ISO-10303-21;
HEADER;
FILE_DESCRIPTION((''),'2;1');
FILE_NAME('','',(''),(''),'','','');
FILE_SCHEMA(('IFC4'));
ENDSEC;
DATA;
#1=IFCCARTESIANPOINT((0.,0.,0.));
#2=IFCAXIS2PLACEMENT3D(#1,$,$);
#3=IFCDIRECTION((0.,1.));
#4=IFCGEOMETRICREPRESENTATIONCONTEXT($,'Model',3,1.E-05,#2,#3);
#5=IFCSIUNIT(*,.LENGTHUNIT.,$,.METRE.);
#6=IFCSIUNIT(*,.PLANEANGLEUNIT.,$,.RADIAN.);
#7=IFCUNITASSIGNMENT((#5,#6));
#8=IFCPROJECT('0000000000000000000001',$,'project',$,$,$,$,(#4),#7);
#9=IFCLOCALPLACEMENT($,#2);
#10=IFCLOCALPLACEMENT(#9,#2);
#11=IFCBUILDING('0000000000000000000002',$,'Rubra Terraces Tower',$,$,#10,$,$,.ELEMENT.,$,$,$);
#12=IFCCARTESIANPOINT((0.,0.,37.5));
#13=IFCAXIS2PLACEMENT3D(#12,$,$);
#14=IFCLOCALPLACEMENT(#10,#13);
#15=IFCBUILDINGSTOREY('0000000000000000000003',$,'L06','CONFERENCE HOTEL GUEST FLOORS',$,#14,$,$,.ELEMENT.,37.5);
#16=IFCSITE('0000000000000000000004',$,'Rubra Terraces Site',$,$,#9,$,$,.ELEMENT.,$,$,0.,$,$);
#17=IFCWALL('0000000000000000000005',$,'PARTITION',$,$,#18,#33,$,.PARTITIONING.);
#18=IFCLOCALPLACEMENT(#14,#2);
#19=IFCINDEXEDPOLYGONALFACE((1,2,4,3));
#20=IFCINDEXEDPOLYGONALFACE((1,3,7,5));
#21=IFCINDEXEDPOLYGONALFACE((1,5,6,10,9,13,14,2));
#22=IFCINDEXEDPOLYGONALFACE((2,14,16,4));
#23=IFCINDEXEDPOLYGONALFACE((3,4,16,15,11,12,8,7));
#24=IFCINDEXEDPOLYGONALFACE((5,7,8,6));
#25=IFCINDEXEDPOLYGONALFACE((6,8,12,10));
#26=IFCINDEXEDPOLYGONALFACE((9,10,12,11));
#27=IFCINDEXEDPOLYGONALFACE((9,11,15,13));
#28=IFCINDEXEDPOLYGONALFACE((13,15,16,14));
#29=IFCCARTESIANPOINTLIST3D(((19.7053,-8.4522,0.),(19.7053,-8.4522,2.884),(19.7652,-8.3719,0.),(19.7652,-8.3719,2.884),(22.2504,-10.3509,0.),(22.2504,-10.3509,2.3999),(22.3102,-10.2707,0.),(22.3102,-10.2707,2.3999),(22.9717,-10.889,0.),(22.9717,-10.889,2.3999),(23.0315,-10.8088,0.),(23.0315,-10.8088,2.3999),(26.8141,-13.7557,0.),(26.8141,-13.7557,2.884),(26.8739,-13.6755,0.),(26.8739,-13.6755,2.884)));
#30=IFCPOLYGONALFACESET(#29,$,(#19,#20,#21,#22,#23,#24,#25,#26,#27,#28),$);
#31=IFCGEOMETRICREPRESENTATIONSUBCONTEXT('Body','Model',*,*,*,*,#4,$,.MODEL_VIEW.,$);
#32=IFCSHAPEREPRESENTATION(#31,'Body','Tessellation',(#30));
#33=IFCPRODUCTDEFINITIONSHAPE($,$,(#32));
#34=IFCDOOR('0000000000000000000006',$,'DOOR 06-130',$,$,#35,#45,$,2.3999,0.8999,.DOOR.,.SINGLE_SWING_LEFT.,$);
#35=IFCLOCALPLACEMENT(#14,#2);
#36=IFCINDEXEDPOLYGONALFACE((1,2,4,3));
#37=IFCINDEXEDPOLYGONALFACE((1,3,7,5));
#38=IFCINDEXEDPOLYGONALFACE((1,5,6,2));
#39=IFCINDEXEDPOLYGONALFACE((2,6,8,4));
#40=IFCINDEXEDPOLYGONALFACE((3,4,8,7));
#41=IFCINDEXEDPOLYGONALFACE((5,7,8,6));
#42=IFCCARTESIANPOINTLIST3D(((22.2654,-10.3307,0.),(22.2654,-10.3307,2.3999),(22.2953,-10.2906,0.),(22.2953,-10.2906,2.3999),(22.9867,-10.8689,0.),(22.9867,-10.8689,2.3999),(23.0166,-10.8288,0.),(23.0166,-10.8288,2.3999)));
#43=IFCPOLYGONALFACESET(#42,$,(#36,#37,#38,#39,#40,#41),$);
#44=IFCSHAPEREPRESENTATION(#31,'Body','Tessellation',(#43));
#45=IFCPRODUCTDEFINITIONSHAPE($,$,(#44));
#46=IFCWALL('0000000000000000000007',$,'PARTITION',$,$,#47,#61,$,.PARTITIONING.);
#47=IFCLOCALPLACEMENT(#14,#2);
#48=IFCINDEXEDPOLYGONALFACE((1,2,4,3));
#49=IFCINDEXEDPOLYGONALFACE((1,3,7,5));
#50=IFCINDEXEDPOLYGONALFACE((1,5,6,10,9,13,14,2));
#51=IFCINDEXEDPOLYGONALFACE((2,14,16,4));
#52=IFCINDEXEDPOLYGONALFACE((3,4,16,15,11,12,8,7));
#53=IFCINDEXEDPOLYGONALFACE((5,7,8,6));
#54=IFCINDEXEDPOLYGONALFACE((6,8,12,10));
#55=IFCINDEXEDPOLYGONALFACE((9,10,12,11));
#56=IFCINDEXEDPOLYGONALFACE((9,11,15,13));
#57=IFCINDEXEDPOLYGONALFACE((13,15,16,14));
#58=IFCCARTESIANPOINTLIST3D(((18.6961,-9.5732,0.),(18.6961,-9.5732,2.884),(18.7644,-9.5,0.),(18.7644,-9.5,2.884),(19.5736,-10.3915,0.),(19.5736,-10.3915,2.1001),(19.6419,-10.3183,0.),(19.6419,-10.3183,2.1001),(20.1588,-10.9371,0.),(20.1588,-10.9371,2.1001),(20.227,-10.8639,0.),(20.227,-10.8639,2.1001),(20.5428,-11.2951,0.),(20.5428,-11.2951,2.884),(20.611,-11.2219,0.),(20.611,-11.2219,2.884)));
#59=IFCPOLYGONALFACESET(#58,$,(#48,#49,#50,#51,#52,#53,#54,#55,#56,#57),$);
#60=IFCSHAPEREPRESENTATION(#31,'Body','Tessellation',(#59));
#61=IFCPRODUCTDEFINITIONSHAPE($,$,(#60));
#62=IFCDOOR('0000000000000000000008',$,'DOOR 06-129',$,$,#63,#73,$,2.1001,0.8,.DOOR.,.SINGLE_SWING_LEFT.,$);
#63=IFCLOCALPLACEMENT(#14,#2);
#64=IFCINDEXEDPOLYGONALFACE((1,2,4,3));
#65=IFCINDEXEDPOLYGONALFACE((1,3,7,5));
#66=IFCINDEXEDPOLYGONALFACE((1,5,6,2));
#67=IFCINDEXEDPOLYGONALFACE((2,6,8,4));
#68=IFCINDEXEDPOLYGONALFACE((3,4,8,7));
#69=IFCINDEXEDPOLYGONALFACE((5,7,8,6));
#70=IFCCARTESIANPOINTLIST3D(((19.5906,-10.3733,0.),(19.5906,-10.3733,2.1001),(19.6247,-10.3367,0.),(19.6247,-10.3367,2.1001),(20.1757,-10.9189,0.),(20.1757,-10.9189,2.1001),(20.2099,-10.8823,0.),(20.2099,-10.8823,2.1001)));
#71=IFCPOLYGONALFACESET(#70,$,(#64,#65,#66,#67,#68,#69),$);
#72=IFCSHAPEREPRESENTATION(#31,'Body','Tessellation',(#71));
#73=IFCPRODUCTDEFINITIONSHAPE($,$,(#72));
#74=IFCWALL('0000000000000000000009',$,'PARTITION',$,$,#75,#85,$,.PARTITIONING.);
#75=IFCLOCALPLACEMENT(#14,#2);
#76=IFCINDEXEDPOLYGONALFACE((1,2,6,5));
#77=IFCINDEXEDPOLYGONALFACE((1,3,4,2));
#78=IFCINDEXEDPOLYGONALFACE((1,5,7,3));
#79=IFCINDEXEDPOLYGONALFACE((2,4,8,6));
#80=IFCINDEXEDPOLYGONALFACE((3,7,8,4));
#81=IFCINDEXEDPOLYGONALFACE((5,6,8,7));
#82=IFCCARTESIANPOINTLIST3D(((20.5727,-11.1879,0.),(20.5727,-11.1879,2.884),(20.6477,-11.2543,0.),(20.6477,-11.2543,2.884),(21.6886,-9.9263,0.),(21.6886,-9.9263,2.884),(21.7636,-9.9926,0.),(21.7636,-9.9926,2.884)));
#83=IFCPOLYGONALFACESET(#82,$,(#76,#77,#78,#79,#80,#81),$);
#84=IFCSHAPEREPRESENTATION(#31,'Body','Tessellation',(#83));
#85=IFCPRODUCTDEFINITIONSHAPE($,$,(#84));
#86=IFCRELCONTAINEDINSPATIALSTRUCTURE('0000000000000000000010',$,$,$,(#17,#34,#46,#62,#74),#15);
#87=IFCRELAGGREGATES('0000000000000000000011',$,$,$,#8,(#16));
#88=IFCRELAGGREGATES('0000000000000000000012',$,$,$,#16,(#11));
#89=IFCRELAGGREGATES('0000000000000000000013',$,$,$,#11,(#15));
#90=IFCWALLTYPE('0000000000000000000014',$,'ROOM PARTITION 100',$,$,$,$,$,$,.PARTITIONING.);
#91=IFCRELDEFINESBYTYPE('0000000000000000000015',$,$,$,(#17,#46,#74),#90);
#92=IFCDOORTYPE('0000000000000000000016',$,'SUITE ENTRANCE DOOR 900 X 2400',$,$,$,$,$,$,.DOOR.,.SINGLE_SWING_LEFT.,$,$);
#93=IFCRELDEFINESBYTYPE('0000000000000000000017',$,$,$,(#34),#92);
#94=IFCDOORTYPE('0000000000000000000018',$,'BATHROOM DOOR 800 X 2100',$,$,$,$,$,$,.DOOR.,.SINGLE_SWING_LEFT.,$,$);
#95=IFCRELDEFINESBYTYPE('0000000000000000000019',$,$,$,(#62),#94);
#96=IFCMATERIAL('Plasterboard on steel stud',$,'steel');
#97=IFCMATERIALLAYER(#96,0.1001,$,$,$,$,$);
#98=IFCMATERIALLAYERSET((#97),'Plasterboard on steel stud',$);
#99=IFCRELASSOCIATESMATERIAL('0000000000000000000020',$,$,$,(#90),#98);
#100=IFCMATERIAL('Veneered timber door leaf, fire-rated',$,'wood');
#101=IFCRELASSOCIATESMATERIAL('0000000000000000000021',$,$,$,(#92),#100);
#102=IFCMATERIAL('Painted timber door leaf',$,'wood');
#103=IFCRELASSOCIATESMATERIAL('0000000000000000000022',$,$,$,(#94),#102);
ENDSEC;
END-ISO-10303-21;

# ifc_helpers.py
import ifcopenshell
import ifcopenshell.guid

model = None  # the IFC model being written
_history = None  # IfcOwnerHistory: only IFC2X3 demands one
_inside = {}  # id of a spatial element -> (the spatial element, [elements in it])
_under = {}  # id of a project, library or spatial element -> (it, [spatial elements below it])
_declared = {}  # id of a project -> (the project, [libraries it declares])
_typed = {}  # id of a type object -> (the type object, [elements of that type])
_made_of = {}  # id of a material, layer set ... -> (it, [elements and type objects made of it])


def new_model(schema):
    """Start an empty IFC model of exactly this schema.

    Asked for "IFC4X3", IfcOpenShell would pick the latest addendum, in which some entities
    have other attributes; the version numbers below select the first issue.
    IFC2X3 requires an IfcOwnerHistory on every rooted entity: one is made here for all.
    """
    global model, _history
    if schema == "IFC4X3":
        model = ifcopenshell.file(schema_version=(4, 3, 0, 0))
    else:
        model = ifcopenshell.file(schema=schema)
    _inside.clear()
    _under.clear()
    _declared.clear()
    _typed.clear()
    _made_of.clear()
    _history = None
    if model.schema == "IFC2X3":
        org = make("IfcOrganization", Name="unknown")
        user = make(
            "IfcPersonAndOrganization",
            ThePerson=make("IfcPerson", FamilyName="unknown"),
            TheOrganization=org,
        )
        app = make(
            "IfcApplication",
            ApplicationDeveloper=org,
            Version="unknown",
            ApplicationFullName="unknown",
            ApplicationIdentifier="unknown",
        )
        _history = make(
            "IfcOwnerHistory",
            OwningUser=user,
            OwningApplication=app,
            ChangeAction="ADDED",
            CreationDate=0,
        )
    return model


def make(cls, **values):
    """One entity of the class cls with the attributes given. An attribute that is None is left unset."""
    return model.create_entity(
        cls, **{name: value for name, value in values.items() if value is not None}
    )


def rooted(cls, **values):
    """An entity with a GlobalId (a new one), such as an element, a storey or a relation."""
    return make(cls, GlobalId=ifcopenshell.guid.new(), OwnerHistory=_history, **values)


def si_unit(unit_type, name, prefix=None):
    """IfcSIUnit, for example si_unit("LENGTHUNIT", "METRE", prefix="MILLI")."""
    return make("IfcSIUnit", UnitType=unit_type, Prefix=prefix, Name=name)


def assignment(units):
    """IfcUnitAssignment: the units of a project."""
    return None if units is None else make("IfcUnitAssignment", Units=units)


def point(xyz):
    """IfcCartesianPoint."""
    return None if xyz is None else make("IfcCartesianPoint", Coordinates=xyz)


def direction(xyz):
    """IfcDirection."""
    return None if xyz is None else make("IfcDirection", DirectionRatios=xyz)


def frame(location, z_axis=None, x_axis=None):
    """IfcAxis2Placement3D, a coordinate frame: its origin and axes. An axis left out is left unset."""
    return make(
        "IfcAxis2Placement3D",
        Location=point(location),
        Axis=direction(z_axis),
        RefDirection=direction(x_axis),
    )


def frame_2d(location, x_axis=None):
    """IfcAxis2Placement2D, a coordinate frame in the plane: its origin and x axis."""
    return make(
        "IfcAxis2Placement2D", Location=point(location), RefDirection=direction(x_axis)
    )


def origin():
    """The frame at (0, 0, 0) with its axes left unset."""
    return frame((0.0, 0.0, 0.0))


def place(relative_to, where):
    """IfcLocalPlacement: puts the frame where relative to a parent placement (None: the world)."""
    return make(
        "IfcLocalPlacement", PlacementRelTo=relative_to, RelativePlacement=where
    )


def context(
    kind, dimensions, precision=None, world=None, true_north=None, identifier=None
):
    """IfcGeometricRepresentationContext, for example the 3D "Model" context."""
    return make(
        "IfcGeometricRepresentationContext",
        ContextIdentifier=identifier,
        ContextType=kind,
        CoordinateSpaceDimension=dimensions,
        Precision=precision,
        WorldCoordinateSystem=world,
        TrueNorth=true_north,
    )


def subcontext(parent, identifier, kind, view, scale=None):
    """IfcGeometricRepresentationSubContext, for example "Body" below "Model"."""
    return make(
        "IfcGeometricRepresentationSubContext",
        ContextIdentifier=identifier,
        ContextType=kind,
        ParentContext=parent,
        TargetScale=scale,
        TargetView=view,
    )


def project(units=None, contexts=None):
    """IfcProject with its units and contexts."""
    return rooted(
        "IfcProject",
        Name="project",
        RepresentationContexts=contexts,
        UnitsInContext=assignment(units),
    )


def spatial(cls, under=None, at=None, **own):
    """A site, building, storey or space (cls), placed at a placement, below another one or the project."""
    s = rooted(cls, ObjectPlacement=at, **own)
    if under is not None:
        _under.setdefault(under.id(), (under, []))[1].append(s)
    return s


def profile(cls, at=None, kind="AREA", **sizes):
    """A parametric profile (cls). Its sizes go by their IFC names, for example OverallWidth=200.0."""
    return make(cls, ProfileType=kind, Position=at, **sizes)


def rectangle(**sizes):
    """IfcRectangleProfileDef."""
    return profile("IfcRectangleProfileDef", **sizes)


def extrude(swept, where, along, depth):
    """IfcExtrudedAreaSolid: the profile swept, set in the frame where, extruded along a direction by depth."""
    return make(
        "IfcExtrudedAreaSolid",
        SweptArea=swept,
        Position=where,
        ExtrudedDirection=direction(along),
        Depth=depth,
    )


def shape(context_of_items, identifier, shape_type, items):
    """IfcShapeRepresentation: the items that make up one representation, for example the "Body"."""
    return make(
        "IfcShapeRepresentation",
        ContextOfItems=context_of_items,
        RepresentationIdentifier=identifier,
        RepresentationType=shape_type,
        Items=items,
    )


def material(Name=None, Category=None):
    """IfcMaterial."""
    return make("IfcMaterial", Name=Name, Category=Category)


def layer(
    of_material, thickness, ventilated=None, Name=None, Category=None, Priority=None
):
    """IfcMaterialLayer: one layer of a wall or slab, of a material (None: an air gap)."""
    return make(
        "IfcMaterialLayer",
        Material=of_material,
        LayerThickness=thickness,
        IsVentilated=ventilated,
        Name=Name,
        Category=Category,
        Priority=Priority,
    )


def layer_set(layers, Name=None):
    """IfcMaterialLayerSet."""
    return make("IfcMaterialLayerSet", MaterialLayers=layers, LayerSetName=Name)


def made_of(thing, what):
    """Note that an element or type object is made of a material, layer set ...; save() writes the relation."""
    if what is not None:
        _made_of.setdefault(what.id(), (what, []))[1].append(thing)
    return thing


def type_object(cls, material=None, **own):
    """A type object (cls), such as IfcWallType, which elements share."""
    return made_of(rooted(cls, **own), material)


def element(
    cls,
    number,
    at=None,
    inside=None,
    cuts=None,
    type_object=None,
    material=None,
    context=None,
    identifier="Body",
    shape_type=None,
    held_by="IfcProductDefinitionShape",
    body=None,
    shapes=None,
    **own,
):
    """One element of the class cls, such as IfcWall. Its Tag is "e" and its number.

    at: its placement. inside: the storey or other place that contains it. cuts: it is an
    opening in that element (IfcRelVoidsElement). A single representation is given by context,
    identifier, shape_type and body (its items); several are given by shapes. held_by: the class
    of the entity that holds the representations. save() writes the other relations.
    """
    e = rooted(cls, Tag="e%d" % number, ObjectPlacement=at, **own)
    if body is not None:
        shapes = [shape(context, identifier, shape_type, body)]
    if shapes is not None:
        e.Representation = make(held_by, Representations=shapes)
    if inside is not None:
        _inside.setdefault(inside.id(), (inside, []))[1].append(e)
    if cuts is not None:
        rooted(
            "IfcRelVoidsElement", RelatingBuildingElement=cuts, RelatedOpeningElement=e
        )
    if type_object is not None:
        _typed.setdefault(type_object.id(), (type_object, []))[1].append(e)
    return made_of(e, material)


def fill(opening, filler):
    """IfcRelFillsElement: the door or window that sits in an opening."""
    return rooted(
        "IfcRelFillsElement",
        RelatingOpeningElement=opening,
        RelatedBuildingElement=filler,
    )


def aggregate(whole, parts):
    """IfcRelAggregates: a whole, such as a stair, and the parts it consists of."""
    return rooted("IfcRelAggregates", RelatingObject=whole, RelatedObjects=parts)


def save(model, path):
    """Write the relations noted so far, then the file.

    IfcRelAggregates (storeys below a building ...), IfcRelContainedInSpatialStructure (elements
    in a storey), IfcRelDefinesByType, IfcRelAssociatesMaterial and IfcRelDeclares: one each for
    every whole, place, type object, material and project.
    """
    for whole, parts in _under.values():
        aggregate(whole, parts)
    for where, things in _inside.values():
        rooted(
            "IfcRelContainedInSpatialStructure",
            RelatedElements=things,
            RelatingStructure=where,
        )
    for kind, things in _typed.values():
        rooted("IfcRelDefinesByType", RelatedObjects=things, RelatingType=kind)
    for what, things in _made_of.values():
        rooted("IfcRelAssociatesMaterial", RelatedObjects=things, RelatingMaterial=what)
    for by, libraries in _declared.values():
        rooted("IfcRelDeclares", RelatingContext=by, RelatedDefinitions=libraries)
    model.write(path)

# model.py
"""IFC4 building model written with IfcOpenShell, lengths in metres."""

from ifc_helpers import new_model, si_unit, direction, frame, frame_2d, origin, place, context, subcontext, project, spatial, rectangle, extrude, material, layer, layer_set, type_object, element, fill, save


model = new_model("IFC4")

# Units and contexts
model_context = context("Model", 3, precision=1e-05, world=origin(), true_north=direction((0.0, 1.0)))
body_context = subcontext(model_context, "Body", "Model", "MODEL_VIEW")
ifc_project = project(units=[si_unit("LENGTHUNIT", "METRE"), si_unit("PLANEANGLEUNIT", "RADIAN")], contexts=[model_context])

# Site, building, storey
site_placement = place(None, origin())
site = spatial("IfcSite", under=ifc_project, at=site_placement, Name="Rubra Terraces Site", CompositionType="ELEMENT", RefElevation=0.0)
building_placement = place(site_placement, origin())
building = spatial("IfcBuilding", under=site, at=building_placement, Name="Rubra Terraces Tower", CompositionType="ELEMENT")
storey_placement = place(building_placement, frame((0.0, 0.0, 37.5)))
storey = spatial("IfcBuildingStorey", under=building, at=storey_placement, Name="L06", Description="CONFERENCE HOTEL GUEST FLOORS", CompositionType="ELEMENT", Elevation=37.5)

# Walls, openings, doors
ifc_material_1 = material(Name="Plasterboard on steel stud", Category="steel")
ifc_layer_1 = layer(ifc_material_1, 0.1001)
ifc_layer_set_1 = layer_set([ifc_layer_1], Name="Plasterboard on steel stud")
wall_type_1 = type_object("IfcWallType", Name="ROOM PARTITION 100", PredefinedType="PARTITIONING", material=ifc_layer_set_1)
wall_1_placement = place(storey_placement, frame((26.844, -13.7156, 0.0), z_axis=(0.0, 0.0, 1.0), x_axis=(-0.801514, 0.597976, 0.0)))
wall_1 = element("IfcWall", 1, at=wall_1_placement, inside=storey, type_object=wall_type_1, Name="PARTITION", PredefinedType="PARTITIONING", context=body_context, shape_type="SweptSolid", body=[
    extrude(rectangle(XDim=8.8691, YDim=0.1001, at=frame_2d((4.4346, 0.0))), origin(), (0.0, 0.0, 1.0), 2.884),
])
opening_1_placement = place(wall_1_placement, frame((4.7939, 0.0, 0.0)))
opening_1 = element("IfcOpeningElement", 2, at=opening_1_placement, cuts=wall_1, PredefinedType="OPENING", context=body_context, shape_type="SweptSolid", body=[
    extrude(rectangle(XDim=0.8999, YDim=2.3999, at=frame_2d((0.45, 1.2))), frame((0.0, 0.0601, 0.0), z_axis=(0.0, -1.0, 0.0), x_axis=(1.0, 0.0, 0.0)), (0.0, 0.0, 1.0), 0.1201),
])
ifc_material_2 = material(Name="Veneered timber door leaf, fire-rated", Category="wood")
door_type_1 = type_object("IfcDoorType", Name="SUITE ENTRANCE DOOR 900 X 2400", OperationType="SINGLE_SWING_LEFT", PredefinedType="DOOR", material=ifc_material_2)
door_1_placement = place(opening_1_placement, origin())
door_1 = element("IfcDoor", 3, at=door_1_placement, inside=storey, type_object=door_type_1, Name="DOOR 06-130", OperationType="SINGLE_SWING_LEFT", OverallHeight=2.3999, OverallWidth=0.8999, PredefinedType="DOOR", context=body_context, shape_type="SweptSolid", body=[
    extrude(rectangle(XDim=0.8999, YDim=2.3999, at=frame_2d((0.45, 1.2))), frame((0.0, 0.0249, 0.0), z_axis=(0.0, -1.0, 0.0), x_axis=(1.0, 0.0, 0.0)), (0.0, 0.0, 1.0), 0.05),
])
fill(opening_1, door_1)
wall_2_placement = place(storey_placement, frame((18.7302, -9.5366, 0.0), z_axis=(0.0, 0.0, 1.0), x_axis=(0.73138, -0.68197, 0.0)))
wall_2 = element("IfcWall", 4, at=wall_2_placement, inside=storey, type_object=wall_type_1, Name="PARTITION", PredefinedType="PARTITIONING", context=body_context, shape_type="SweptSolid", body=[
    extrude(rectangle(XDim=2.5249, YDim=0.1001, at=frame_2d((1.2625, 0.0))), origin(), (0.0, 0.0, 1.0), 2.884),
])
opening_2_placement = place(wall_2_placement, frame((1.2, 0.0, 0.0)))
opening_2 = element("IfcOpeningElement", 5, at=opening_2_placement, cuts=wall_2, PredefinedType="OPENING", context=body_context, shape_type="SweptSolid", body=[
    extrude(rectangle(XDim=0.8, YDim=2.1001, at=frame_2d((0.3999, 1.05))), frame((0.0, 0.0601, 0.0), z_axis=(0.0, -1.0, 0.0), x_axis=(1.0, 0.0, 0.0)), (0.0, 0.0, 1.0), 0.1201),
])
ifc_material_3 = material(Name="Painted timber door leaf", Category="wood")
door_type_2 = type_object("IfcDoorType", Name="BATHROOM DOOR 800 X 2100", OperationType="SINGLE_SWING_LEFT", PredefinedType="DOOR", material=ifc_material_3)
door_2_placement = place(opening_2_placement, origin())
door_2 = element("IfcDoor", 6, at=door_2_placement, inside=storey, type_object=door_type_2, Name="DOOR 06-129", OperationType="SINGLE_SWING_LEFT", OverallHeight=2.1001, OverallWidth=0.8, PredefinedType="DOOR", context=body_context, shape_type="SweptSolid", body=[
    extrude(rectangle(XDim=0.8, YDim=2.1001, at=frame_2d((0.3999, 1.05))), frame((0.0, 0.0249, 0.0), z_axis=(0.0, -1.0, 0.0), x_axis=(1.0, 0.0, 0.0)), (0.0, 0.0, 1.0), 0.05),
])
fill(opening_2, door_2)

# Wall
wall_3_placement = place(storey_placement, frame((20.6101, -11.2212, 0.0), z_axis=(0.0, 0.0, 1.0), x_axis=(0.662518, 0.749046, 0.0)))
element("IfcWall", 7, at=wall_3_placement, inside=storey, type_object=wall_type_1, Name="PARTITION", PredefinedType="PARTITIONING", context=body_context, shape_type="SweptSolid", body=[
    extrude(rectangle(XDim=1.6843, YDim=0.1001, at=frame_2d((0.8423, 0.0))), origin(), (0.0, 0.0, 1.0), 2.884),
])

save(model, "model.ifc")
